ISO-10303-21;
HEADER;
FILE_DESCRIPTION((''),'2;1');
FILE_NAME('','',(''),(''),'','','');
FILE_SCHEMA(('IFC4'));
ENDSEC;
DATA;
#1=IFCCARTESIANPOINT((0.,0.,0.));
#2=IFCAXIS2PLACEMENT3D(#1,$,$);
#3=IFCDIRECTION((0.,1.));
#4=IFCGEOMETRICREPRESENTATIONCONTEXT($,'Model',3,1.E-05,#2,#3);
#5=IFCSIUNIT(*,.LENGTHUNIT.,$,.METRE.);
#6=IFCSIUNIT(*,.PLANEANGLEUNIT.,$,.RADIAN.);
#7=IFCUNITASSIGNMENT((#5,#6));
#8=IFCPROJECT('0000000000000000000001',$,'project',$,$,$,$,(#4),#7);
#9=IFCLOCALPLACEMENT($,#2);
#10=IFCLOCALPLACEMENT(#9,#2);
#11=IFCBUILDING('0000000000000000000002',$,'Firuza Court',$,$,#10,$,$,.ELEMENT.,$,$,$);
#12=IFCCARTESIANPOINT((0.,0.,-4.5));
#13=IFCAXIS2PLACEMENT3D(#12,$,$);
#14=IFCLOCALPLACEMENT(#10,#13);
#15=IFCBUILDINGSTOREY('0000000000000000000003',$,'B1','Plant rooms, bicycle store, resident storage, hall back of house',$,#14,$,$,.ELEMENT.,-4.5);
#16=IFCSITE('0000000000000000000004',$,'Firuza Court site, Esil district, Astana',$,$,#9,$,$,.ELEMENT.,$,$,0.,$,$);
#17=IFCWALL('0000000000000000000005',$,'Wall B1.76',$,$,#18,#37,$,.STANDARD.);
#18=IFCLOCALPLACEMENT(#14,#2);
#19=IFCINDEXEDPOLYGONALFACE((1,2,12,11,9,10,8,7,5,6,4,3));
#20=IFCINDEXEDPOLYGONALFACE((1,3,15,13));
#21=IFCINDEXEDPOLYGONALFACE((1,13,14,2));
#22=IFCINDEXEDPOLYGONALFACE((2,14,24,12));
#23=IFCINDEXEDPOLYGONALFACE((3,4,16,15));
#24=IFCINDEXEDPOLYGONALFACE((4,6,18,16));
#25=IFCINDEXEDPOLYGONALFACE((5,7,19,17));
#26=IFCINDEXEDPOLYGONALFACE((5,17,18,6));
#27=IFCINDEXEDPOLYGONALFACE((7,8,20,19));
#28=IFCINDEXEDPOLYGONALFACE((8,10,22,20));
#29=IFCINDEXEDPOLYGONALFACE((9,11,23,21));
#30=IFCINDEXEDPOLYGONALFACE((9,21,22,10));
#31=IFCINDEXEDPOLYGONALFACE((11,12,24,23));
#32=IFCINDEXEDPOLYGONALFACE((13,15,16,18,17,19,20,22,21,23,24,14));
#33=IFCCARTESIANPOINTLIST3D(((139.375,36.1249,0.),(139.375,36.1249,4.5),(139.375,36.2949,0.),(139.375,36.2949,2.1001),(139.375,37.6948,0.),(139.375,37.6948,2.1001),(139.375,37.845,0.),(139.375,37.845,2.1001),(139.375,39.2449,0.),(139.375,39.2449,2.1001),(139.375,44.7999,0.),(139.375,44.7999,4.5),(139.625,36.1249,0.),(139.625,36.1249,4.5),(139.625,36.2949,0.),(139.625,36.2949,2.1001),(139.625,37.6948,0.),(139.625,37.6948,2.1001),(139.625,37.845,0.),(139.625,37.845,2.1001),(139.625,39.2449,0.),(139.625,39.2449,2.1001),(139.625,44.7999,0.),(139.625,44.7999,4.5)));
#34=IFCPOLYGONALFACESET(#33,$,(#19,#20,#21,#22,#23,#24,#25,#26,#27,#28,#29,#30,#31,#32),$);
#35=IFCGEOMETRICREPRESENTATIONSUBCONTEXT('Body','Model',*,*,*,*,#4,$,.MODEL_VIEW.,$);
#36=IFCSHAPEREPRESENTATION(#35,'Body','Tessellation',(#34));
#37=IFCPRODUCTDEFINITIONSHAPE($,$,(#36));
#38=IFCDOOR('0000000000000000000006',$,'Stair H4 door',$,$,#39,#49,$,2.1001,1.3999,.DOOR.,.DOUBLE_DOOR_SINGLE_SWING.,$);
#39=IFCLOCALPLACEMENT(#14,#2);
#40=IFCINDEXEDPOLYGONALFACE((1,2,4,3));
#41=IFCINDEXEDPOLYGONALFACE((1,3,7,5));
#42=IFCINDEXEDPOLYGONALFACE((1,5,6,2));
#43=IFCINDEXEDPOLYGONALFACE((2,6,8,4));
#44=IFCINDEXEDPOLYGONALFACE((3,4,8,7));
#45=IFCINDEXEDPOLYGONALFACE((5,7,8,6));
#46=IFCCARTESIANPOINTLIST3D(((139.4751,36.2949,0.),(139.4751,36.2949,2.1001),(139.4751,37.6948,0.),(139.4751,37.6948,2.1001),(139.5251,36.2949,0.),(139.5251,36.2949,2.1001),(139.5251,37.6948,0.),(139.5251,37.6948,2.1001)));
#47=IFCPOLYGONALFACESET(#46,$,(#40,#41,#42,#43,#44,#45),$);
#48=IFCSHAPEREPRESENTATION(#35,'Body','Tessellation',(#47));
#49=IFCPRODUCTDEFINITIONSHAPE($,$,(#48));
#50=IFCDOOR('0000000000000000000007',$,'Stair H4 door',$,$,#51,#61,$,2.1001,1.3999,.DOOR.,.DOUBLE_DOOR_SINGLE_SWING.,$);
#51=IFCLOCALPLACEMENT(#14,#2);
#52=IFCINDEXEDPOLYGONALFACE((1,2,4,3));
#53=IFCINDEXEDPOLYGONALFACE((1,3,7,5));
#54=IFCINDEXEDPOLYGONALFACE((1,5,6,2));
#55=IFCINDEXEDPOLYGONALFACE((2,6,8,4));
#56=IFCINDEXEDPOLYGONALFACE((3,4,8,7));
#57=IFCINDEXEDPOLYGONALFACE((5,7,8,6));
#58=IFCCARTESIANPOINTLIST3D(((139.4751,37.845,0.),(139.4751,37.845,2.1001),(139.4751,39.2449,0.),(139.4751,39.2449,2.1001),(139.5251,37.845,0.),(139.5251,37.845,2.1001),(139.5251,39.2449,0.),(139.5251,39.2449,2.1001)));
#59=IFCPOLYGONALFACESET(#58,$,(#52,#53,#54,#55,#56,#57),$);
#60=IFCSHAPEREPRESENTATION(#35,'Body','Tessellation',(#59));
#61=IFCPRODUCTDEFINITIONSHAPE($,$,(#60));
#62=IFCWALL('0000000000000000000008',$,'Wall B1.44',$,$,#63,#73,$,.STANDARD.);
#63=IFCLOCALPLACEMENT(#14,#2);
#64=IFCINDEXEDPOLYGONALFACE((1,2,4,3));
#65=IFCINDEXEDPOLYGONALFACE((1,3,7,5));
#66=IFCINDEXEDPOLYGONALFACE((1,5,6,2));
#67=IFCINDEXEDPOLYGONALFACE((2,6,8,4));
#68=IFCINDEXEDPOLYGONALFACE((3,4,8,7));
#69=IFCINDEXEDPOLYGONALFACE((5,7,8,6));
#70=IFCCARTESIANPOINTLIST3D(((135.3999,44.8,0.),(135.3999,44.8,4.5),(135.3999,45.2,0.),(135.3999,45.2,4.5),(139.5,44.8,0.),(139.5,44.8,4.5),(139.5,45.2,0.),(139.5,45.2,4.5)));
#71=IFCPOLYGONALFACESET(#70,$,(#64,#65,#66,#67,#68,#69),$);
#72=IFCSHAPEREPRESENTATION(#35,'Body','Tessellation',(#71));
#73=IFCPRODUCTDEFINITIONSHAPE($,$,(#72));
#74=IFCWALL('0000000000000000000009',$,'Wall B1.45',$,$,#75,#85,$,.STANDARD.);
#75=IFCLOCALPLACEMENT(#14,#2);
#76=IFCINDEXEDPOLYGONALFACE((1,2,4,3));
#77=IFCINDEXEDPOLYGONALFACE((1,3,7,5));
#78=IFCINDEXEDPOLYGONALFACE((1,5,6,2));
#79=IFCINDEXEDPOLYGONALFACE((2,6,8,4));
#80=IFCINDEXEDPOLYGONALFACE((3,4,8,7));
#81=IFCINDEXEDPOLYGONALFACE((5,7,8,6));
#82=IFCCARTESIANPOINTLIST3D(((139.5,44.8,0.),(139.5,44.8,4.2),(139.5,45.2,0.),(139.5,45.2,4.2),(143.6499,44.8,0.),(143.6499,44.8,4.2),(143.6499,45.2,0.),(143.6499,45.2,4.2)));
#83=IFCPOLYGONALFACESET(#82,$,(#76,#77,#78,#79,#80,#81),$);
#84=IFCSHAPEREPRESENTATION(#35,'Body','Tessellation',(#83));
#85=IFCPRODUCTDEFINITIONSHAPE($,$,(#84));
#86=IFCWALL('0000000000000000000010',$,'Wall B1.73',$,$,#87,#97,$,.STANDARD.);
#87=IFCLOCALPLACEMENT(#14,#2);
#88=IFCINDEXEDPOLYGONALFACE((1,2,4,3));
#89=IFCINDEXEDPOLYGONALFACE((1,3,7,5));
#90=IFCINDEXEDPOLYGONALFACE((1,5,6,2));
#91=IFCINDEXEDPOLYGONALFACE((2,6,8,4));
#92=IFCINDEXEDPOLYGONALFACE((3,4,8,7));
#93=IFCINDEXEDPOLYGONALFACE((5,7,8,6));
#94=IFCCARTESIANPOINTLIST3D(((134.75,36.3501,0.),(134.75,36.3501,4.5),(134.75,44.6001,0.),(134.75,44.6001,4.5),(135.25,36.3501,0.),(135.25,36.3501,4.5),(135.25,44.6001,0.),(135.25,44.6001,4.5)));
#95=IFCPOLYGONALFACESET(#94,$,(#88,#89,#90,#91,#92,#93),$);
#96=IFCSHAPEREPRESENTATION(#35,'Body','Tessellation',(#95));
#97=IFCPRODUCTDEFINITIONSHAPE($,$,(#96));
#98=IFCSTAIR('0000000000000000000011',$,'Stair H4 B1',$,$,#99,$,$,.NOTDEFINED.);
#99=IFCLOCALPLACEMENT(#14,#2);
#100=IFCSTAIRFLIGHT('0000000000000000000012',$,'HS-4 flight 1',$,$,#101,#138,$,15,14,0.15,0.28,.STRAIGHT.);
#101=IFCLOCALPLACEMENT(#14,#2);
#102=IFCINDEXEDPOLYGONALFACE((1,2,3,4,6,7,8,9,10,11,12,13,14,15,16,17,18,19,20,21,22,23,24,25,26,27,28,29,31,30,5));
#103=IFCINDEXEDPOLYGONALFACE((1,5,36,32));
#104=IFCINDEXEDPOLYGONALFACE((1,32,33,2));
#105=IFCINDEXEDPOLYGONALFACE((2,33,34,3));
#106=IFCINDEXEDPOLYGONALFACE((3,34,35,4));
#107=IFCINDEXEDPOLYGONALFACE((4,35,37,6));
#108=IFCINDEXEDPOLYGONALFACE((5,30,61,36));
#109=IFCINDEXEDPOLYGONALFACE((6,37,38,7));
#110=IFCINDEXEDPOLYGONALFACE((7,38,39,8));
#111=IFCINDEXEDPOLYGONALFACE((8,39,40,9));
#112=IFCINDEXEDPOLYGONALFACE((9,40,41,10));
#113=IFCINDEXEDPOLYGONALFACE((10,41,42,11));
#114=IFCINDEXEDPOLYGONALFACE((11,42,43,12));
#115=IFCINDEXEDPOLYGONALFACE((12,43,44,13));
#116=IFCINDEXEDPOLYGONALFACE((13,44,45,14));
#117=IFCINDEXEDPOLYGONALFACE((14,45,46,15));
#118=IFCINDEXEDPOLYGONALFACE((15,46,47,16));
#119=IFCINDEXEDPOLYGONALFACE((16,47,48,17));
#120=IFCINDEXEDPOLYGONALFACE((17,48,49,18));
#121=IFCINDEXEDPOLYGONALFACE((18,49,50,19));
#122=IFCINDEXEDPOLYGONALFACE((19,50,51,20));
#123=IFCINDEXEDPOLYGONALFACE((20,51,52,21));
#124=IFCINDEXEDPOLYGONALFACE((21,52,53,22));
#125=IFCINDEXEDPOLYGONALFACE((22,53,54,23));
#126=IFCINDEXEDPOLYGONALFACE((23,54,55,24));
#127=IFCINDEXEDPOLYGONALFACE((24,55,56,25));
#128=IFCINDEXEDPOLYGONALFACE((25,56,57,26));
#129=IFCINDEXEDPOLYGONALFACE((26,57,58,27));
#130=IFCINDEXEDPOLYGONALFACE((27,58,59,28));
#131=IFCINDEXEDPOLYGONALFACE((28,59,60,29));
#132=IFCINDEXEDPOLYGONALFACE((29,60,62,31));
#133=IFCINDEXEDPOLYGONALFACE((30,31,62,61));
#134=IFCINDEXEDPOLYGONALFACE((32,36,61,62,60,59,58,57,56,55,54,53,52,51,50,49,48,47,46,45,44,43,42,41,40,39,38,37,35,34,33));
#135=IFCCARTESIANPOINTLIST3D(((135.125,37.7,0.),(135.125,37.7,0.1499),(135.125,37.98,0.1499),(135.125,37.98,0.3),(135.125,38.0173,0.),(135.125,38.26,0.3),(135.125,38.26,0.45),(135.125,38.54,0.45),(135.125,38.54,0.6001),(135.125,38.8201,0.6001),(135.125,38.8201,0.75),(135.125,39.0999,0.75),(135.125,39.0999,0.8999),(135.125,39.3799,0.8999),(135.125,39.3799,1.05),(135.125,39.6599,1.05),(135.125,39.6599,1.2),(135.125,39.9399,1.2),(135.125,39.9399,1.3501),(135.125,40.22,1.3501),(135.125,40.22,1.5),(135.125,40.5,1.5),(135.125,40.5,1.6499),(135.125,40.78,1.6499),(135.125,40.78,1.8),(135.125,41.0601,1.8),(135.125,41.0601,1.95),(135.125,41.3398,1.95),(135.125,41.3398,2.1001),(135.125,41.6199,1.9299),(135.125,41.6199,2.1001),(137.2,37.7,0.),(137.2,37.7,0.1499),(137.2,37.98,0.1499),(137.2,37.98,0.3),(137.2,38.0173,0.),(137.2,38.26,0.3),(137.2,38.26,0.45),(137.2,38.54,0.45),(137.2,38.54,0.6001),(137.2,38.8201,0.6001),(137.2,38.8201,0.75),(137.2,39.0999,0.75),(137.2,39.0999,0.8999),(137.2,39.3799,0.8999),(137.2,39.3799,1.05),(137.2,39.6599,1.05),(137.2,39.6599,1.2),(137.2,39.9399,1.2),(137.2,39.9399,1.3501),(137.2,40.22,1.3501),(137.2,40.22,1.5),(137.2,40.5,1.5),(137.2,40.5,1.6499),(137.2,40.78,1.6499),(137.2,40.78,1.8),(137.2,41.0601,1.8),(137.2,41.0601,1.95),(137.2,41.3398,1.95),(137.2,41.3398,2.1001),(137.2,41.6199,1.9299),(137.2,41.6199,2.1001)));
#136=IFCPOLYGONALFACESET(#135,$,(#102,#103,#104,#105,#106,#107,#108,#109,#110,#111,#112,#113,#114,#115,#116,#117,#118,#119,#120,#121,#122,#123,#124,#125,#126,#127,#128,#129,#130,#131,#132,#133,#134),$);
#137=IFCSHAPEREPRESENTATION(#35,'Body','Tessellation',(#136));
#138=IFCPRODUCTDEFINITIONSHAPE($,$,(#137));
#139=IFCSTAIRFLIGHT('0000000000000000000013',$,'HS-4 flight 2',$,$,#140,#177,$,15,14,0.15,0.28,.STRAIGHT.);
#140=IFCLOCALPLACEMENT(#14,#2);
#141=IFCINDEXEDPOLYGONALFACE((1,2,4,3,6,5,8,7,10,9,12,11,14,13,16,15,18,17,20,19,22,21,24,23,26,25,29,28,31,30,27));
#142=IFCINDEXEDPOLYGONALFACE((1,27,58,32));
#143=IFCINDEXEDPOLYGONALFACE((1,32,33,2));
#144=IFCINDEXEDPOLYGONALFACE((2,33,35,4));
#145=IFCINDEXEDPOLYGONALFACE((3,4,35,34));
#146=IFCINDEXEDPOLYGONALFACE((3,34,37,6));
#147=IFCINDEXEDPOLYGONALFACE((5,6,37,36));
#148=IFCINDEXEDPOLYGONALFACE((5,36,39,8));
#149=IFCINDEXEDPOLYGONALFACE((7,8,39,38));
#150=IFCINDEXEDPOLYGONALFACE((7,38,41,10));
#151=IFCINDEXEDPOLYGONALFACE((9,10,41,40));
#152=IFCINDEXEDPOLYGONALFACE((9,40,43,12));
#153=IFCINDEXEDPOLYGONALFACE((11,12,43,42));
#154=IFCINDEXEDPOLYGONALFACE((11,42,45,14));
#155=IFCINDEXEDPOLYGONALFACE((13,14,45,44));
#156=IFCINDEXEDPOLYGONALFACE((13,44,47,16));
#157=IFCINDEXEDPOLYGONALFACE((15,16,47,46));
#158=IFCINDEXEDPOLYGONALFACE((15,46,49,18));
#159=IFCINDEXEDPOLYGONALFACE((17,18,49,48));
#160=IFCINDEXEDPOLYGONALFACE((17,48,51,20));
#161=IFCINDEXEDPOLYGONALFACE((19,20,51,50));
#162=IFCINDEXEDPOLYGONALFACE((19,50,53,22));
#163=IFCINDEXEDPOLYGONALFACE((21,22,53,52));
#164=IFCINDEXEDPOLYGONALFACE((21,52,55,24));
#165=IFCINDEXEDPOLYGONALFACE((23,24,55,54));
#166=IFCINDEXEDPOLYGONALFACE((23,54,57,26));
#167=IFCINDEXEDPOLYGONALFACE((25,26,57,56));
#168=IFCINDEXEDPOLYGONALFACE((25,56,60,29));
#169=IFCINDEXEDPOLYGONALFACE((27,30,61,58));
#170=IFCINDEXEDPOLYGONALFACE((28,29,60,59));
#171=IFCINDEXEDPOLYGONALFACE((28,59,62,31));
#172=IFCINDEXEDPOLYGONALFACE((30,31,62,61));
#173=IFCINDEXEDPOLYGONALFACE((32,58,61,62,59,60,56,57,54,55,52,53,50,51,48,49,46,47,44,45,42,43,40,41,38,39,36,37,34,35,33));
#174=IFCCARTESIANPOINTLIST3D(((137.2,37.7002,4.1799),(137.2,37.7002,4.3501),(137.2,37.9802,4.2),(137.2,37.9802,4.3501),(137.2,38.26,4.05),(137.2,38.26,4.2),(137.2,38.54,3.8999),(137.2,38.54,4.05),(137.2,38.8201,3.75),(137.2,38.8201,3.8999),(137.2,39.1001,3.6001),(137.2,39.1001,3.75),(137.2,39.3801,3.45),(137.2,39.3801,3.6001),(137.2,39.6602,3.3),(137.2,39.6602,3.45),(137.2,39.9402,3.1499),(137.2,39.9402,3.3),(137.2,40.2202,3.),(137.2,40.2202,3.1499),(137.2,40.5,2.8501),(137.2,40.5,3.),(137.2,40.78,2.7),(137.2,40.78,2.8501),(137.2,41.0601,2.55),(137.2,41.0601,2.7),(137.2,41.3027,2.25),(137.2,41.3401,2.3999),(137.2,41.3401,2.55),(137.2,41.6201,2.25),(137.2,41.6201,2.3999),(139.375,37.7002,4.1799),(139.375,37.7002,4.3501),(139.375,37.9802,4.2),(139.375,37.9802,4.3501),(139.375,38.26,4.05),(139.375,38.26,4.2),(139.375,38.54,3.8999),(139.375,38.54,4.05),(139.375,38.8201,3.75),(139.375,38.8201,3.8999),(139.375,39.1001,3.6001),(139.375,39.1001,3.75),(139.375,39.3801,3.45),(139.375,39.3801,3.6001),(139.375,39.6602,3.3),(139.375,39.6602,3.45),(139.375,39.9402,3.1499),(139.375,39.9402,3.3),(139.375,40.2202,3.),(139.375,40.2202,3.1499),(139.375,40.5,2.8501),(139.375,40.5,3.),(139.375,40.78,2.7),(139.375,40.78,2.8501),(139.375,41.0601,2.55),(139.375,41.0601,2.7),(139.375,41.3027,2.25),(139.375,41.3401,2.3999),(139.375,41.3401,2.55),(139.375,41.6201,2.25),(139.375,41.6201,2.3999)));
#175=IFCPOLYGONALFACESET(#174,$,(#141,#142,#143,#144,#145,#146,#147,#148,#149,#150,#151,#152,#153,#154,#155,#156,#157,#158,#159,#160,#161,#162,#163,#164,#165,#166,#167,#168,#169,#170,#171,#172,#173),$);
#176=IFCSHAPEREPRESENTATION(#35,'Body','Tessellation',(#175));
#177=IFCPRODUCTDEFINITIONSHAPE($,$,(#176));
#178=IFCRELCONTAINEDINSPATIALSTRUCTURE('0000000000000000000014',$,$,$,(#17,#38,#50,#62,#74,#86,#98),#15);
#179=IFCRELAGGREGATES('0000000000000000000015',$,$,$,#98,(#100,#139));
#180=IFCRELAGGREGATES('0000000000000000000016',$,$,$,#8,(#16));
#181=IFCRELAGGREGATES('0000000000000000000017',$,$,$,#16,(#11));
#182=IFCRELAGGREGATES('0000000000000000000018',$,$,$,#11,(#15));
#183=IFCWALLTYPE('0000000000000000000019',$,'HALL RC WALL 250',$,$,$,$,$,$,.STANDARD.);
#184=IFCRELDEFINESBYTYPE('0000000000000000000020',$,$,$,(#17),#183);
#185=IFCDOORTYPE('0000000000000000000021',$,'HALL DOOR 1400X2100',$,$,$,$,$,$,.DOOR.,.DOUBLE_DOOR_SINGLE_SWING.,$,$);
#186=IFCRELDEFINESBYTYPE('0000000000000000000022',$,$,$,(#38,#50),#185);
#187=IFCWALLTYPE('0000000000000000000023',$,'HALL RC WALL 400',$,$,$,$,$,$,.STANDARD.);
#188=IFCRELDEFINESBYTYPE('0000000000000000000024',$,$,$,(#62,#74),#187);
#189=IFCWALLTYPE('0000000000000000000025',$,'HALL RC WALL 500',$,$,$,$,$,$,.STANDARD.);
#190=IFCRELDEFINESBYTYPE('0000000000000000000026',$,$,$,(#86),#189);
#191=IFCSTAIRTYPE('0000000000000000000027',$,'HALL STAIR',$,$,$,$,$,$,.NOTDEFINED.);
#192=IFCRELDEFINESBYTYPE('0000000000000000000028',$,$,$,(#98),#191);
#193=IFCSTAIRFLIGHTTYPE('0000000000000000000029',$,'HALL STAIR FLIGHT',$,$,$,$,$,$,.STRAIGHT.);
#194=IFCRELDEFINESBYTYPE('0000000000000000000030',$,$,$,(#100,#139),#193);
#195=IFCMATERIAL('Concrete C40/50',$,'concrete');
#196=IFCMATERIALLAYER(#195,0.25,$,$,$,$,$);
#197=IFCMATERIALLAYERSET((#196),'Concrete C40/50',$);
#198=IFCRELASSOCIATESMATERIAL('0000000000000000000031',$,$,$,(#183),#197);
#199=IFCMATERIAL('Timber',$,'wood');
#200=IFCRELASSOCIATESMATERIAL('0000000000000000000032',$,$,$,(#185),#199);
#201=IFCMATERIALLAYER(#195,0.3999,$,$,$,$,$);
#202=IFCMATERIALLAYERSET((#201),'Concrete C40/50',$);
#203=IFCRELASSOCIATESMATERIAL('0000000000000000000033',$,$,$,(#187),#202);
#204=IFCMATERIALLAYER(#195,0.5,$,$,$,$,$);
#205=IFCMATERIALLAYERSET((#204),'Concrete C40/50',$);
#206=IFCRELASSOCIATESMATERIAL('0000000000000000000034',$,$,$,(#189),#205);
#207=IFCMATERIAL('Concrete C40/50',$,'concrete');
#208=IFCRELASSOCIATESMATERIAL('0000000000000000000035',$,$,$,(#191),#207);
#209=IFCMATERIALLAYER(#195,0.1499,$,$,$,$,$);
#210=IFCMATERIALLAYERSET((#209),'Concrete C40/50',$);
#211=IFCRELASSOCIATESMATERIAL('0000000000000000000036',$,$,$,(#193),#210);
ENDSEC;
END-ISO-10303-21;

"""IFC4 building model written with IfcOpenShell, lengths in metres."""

from ifc_helpers import new_model, si_unit, direction, frame, frame_2d, origin, place, context, subcontext, project, spatial, polyline, rectangle, outline, extrude, material, layer, layer_set, type_object, element, fill, aggregate, save


model = new_model("IFC4")

# Units and contexts
model_context = context("Model", 3, precision=1e-05, world=origin(), true_north=direction((0.0, 1.0)))
body_context = subcontext(model_context, "Body", "Model", "MODEL_VIEW")
ifc_project = project(units=[si_unit("LENGTHUNIT", "METRE"), si_unit("PLANEANGLEUNIT", "RADIAN")], contexts=[model_context])

# Site, building, storey
site_placement = place(None, origin())
site = spatial("IfcSite", under=ifc_project, at=site_placement, Name="Firuza Court site, Esil district, Astana", CompositionType="ELEMENT", RefElevation=0.0)
building_placement = place(site_placement, origin())
building = spatial("IfcBuilding", under=site, at=building_placement, Name="Firuza Court", CompositionType="ELEMENT")
storey_placement = place(building_placement, frame((0.0, 0.0, -4.5)))
storey = spatial("IfcBuildingStorey", under=building, at=storey_placement, Name="B1", Description="Plant rooms, bicycle store, resident storage, hall back of house", CompositionType="ELEMENT", Elevation=-4.5)

# Shared definitions
ifc_material_1 = material(Name="Concrete C40/50", Category="concrete")

# Shared definitions
ifc_layer_1 = layer(ifc_material_1, 0.25)
ifc_layer_set_1 = layer_set([ifc_layer_1], Name="Concrete C40/50")
wall_type_1 = type_object("IfcWallType", Name="HALL RC WALL 250", PredefinedType="STANDARD", material=ifc_layer_set_1)

# Wall, openings, doors
wall_1_placement = place(storey_placement, frame((139.5, 36.125, 0.0), z_axis=(0.0, 0.0, 1.0), x_axis=(0.0, 1.0, 0.0)))
wall_1 = element("IfcWall", 1, at=wall_1_placement, inside=storey, type_object=wall_type_1, Name="Wall B1.76", PredefinedType="STANDARD", context=body_context, shape_type="SweptSolid", body=[
    extrude(rectangle(XDim=8.675, YDim=0.25, at=frame_2d((4.3374, 0.0))), origin(), (0.0, 0.0, 1.0), 4.5),
])
opening_1_placement = place(wall_1_placement, frame((0.1699, 0.0, 0.0)))
opening_1 = element("IfcOpeningElement", 2, at=opening_1_placement, cuts=wall_1, PredefinedType="OPENING", context=body_context, shape_type="SweptSolid", body=[
    extrude(rectangle(XDim=1.3999, YDim=2.1001, at=frame_2d((0.7, 1.05))), frame((0.0, 0.137, 0.0), z_axis=(0.0, -1.0, 0.0), x_axis=(1.0, 0.0, 0.0)), (0.0, 0.0, 1.0), 0.2739),
])
opening_2_placement = place(wall_1_placement, frame((1.72, 0.0, 0.0)))
opening_2 = element("IfcOpeningElement", 3, at=opening_2_placement, cuts=wall_1, PredefinedType="OPENING", context=body_context, shape_type="SweptSolid", body=[
    extrude(rectangle(XDim=1.3999, YDim=2.1001, at=frame_2d((0.7, 1.05))), frame((0.0, 0.137, 0.0), z_axis=(0.0, -1.0, 0.0), x_axis=(1.0, 0.0, 0.0)), (0.0, 0.0, 1.0), 0.2739),
])
ifc_material_2 = material(Name="Timber", Category="wood")
door_type = type_object("IfcDoorType", Name="HALL DOOR 1400X2100", OperationType="DOUBLE_DOOR_SINGLE_SWING", PredefinedType="DOOR", material=ifc_material_2)
door_1_placement = place(opening_1_placement, origin())
door_1 = element("IfcDoor", 4, at=door_1_placement, inside=storey, type_object=door_type, Name="Stair H4 door", OperationType="DOUBLE_DOOR_SINGLE_SWING", OverallHeight=2.1001, OverallWidth=1.3999, PredefinedType="DOOR", context=body_context, shape_type="SweptSolid", body=[
    extrude(rectangle(XDim=1.3999, YDim=2.1001, at=frame_2d((0.7, 1.05))), frame((0.0, 0.0249, 0.0), z_axis=(0.0, -1.0, 0.0), x_axis=(1.0, 0.0, 0.0)), (0.0, 0.0, 1.0), 0.05),
])
fill(opening_1, door_1)
door_2_placement = place(opening_2_placement, origin())
door_2 = element("IfcDoor", 5, at=door_2_placement, inside=storey, type_object=door_type, Name="Stair H4 door", OperationType="DOUBLE_DOOR_SINGLE_SWING", OverallHeight=2.1001, OverallWidth=1.3999, PredefinedType="DOOR", context=body_context, shape_type="SweptSolid", body=[
    extrude(rectangle(XDim=1.3999, YDim=2.1001, at=frame_2d((0.7, 1.05))), frame((0.0, 0.0249, 0.0), z_axis=(0.0, -1.0, 0.0), x_axis=(1.0, 0.0, 0.0)), (0.0, 0.0, 1.0), 0.05),
])
fill(opening_2, door_2)

# Walls
ifc_layer_2 = layer(ifc_material_1, 0.3999)
ifc_layer_set_2 = layer_set([ifc_layer_2], Name="Concrete C40/50")
wall_type_2 = type_object("IfcWallType", Name="HALL RC WALL 400", PredefinedType="STANDARD", material=ifc_layer_set_2)
wall_2_placement = place(storey_placement, frame((135.3999, 45.0, 0.0), z_axis=(0.0, 0.0, 1.0), x_axis=(1.0, 0.0, 0.0)))
element("IfcWall", 6, at=wall_2_placement, inside=storey, type_object=wall_type_2, Name="Wall B1.44", PredefinedType="STANDARD", context=body_context, shape_type="SweptSolid", body=[
    extrude(rectangle(XDim=4.1001, YDim=0.3999, at=frame_2d((2.05, 0.0))), origin(), (0.0, 0.0, 1.0), 4.5),
])
wall_3_placement = place(storey_placement, frame((139.5, 45.0, 0.0), z_axis=(0.0, 0.0, 1.0), x_axis=(1.0, 0.0, 0.0)))
element("IfcWall", 7, at=wall_3_placement, inside=storey, type_object=wall_type_2, Name="Wall B1.45", PredefinedType="STANDARD", context=body_context, shape_type="SweptSolid", body=[
    extrude(rectangle(XDim=4.1499, YDim=0.3999, at=frame_2d((2.075, 0.0))), origin(), (0.0, 0.0, 1.0), 4.2),
])
ifc_layer_3 = layer(ifc_material_1, 0.5)
ifc_layer_set_3 = layer_set([ifc_layer_3], Name="Concrete C40/50")
wall_type_3 = type_object("IfcWallType", Name="HALL RC WALL 500", PredefinedType="STANDARD", material=ifc_layer_set_3)
wall_4_placement = place(storey_placement, frame((135.0, 36.3501, 0.0), z_axis=(0.0, 0.0, 1.0), x_axis=(0.0, 1.0, 0.0)))
element("IfcWall", 8, at=wall_4_placement, inside=storey, type_object=wall_type_3, Name="Wall B1.73", PredefinedType="STANDARD", context=body_context, shape_type="SweptSolid", body=[
    extrude(rectangle(XDim=8.25, YDim=0.5, at=frame_2d((4.125, 0.0))), origin(), (0.0, 0.0, 1.0), 4.5),
])

# Stair, stair flights
ifc_material_3 = material(Name="Concrete C40/50", Category="concrete")
stair_type = type_object("IfcStairType", Name="HALL STAIR", PredefinedType="NOTDEFINED", material=ifc_material_3)
stair_placement = place(storey_placement, origin())
stair = element("IfcStair", 9, at=stair_placement, inside=storey, type_object=stair_type, Name="Stair H4 B1", PredefinedType="NOTDEFINED")
ifc_layer_4 = layer(ifc_material_1, 0.1499)
ifc_layer_set_4 = layer_set([ifc_layer_4], Name="Concrete C40/50")
stair_flight_type = type_object("IfcStairFlightType", Name="HALL STAIR FLIGHT", PredefinedType="STRAIGHT", material=ifc_layer_set_4)
stair_flight_1_placement = place(storey_placement, frame((136.1626, 37.7, 0.0), z_axis=(0.0, 0.0, 1.0), x_axis=(0.0, 1.0, 0.0)))
stair_flight_1 = element("IfcStairFlight", 10, at=stair_flight_1_placement, type_object=stair_flight_type, Name="HS-4 flight 1", NumberOfRisers=15, NumberOfTreads=14, PredefinedType="STRAIGHT", RiserHeight=0.15, TreadLength=0.28, context=body_context, shape_type="SweptSolid", body=[
    extrude(outline(polyline([(0.0, 0.0), (0.0, 0.1499), (0.28, 0.1499), (0.28, 0.3), (0.5601, 0.3), (0.5601, 0.45), (0.8401, 0.45), (0.8401, 0.6001), (1.1201, 0.6001), (1.1201, 0.75), (1.3999, 0.75), (1.3999, 0.8999), (1.6799, 0.8999), (1.6799, 1.05), (1.96, 1.05), (1.96, 1.2), (2.24, 1.2), (2.24, 1.3501), (2.52, 1.3501), (2.52, 1.5), (2.8, 1.5), (2.8, 1.6499), (3.0801, 1.6499), (3.0801, 1.8), (3.3601, 1.8), (3.3601, 1.95), (3.6399, 1.95), (3.6399, 2.1001), (3.9199, 2.1001), (3.9199, 2.25), (3.9199, 1.9299), (0.3174, 0.0), (0.0, 0.0)])), frame((0.0, 1.0376, 0.0), z_axis=(0.0, -1.0, 0.0), x_axis=(1.0, 0.0, 0.0)), (0.0, 0.0, 1.0), 2.075),
])
stair_flight_2_placement = place(storey_placement, frame((138.2876, 41.6201, 2.25), z_axis=(0.0, 0.0, 1.0), x_axis=(0.0, -1.0, 0.0)))
stair_flight_2 = element("IfcStairFlight", 11, at=stair_flight_2_placement, type_object=stair_flight_type, Name="HS-4 flight 2", NumberOfRisers=15, NumberOfTreads=14, PredefinedType="STRAIGHT", RiserHeight=0.15, TreadLength=0.28, context=body_context, shape_type="SweptSolid", body=[
    extrude(outline(polyline([(0.0, 0.0), (0.0, 0.1499), (0.28, 0.1499), (0.28, 0.3), (0.5601, 0.3), (0.5601, 0.45), (0.8401, 0.45), (0.8401, 0.6001), (1.1201, 0.6001), (1.1201, 0.75), (1.3999, 0.75), (1.3999, 0.8999), (1.6799, 0.8999), (1.6799, 1.05), (1.96, 1.05), (1.96, 1.2), (2.24, 1.2), (2.24, 1.3501), (2.52, 1.3501), (2.52, 1.5), (2.8, 1.5), (2.8, 1.6499), (3.0801, 1.6499), (3.0801, 1.8), (3.3601, 1.8), (3.3601, 1.95), (3.6399, 1.95), (3.6399, 2.1001), (3.9199, 2.1001), (3.9199, 2.25), (3.9199, 1.9299), (0.3174, 0.0), (0.0, 0.0)])), frame((0.0, 1.0874, 0.0), z_axis=(0.0, -1.0, 0.0), x_axis=(1.0, 0.0, 0.0)), (0.0, 0.0, 1.0), 2.175),
])
aggregate(stair, [stair_flight_1, stair_flight_2])

save(model, "model.ifc")
